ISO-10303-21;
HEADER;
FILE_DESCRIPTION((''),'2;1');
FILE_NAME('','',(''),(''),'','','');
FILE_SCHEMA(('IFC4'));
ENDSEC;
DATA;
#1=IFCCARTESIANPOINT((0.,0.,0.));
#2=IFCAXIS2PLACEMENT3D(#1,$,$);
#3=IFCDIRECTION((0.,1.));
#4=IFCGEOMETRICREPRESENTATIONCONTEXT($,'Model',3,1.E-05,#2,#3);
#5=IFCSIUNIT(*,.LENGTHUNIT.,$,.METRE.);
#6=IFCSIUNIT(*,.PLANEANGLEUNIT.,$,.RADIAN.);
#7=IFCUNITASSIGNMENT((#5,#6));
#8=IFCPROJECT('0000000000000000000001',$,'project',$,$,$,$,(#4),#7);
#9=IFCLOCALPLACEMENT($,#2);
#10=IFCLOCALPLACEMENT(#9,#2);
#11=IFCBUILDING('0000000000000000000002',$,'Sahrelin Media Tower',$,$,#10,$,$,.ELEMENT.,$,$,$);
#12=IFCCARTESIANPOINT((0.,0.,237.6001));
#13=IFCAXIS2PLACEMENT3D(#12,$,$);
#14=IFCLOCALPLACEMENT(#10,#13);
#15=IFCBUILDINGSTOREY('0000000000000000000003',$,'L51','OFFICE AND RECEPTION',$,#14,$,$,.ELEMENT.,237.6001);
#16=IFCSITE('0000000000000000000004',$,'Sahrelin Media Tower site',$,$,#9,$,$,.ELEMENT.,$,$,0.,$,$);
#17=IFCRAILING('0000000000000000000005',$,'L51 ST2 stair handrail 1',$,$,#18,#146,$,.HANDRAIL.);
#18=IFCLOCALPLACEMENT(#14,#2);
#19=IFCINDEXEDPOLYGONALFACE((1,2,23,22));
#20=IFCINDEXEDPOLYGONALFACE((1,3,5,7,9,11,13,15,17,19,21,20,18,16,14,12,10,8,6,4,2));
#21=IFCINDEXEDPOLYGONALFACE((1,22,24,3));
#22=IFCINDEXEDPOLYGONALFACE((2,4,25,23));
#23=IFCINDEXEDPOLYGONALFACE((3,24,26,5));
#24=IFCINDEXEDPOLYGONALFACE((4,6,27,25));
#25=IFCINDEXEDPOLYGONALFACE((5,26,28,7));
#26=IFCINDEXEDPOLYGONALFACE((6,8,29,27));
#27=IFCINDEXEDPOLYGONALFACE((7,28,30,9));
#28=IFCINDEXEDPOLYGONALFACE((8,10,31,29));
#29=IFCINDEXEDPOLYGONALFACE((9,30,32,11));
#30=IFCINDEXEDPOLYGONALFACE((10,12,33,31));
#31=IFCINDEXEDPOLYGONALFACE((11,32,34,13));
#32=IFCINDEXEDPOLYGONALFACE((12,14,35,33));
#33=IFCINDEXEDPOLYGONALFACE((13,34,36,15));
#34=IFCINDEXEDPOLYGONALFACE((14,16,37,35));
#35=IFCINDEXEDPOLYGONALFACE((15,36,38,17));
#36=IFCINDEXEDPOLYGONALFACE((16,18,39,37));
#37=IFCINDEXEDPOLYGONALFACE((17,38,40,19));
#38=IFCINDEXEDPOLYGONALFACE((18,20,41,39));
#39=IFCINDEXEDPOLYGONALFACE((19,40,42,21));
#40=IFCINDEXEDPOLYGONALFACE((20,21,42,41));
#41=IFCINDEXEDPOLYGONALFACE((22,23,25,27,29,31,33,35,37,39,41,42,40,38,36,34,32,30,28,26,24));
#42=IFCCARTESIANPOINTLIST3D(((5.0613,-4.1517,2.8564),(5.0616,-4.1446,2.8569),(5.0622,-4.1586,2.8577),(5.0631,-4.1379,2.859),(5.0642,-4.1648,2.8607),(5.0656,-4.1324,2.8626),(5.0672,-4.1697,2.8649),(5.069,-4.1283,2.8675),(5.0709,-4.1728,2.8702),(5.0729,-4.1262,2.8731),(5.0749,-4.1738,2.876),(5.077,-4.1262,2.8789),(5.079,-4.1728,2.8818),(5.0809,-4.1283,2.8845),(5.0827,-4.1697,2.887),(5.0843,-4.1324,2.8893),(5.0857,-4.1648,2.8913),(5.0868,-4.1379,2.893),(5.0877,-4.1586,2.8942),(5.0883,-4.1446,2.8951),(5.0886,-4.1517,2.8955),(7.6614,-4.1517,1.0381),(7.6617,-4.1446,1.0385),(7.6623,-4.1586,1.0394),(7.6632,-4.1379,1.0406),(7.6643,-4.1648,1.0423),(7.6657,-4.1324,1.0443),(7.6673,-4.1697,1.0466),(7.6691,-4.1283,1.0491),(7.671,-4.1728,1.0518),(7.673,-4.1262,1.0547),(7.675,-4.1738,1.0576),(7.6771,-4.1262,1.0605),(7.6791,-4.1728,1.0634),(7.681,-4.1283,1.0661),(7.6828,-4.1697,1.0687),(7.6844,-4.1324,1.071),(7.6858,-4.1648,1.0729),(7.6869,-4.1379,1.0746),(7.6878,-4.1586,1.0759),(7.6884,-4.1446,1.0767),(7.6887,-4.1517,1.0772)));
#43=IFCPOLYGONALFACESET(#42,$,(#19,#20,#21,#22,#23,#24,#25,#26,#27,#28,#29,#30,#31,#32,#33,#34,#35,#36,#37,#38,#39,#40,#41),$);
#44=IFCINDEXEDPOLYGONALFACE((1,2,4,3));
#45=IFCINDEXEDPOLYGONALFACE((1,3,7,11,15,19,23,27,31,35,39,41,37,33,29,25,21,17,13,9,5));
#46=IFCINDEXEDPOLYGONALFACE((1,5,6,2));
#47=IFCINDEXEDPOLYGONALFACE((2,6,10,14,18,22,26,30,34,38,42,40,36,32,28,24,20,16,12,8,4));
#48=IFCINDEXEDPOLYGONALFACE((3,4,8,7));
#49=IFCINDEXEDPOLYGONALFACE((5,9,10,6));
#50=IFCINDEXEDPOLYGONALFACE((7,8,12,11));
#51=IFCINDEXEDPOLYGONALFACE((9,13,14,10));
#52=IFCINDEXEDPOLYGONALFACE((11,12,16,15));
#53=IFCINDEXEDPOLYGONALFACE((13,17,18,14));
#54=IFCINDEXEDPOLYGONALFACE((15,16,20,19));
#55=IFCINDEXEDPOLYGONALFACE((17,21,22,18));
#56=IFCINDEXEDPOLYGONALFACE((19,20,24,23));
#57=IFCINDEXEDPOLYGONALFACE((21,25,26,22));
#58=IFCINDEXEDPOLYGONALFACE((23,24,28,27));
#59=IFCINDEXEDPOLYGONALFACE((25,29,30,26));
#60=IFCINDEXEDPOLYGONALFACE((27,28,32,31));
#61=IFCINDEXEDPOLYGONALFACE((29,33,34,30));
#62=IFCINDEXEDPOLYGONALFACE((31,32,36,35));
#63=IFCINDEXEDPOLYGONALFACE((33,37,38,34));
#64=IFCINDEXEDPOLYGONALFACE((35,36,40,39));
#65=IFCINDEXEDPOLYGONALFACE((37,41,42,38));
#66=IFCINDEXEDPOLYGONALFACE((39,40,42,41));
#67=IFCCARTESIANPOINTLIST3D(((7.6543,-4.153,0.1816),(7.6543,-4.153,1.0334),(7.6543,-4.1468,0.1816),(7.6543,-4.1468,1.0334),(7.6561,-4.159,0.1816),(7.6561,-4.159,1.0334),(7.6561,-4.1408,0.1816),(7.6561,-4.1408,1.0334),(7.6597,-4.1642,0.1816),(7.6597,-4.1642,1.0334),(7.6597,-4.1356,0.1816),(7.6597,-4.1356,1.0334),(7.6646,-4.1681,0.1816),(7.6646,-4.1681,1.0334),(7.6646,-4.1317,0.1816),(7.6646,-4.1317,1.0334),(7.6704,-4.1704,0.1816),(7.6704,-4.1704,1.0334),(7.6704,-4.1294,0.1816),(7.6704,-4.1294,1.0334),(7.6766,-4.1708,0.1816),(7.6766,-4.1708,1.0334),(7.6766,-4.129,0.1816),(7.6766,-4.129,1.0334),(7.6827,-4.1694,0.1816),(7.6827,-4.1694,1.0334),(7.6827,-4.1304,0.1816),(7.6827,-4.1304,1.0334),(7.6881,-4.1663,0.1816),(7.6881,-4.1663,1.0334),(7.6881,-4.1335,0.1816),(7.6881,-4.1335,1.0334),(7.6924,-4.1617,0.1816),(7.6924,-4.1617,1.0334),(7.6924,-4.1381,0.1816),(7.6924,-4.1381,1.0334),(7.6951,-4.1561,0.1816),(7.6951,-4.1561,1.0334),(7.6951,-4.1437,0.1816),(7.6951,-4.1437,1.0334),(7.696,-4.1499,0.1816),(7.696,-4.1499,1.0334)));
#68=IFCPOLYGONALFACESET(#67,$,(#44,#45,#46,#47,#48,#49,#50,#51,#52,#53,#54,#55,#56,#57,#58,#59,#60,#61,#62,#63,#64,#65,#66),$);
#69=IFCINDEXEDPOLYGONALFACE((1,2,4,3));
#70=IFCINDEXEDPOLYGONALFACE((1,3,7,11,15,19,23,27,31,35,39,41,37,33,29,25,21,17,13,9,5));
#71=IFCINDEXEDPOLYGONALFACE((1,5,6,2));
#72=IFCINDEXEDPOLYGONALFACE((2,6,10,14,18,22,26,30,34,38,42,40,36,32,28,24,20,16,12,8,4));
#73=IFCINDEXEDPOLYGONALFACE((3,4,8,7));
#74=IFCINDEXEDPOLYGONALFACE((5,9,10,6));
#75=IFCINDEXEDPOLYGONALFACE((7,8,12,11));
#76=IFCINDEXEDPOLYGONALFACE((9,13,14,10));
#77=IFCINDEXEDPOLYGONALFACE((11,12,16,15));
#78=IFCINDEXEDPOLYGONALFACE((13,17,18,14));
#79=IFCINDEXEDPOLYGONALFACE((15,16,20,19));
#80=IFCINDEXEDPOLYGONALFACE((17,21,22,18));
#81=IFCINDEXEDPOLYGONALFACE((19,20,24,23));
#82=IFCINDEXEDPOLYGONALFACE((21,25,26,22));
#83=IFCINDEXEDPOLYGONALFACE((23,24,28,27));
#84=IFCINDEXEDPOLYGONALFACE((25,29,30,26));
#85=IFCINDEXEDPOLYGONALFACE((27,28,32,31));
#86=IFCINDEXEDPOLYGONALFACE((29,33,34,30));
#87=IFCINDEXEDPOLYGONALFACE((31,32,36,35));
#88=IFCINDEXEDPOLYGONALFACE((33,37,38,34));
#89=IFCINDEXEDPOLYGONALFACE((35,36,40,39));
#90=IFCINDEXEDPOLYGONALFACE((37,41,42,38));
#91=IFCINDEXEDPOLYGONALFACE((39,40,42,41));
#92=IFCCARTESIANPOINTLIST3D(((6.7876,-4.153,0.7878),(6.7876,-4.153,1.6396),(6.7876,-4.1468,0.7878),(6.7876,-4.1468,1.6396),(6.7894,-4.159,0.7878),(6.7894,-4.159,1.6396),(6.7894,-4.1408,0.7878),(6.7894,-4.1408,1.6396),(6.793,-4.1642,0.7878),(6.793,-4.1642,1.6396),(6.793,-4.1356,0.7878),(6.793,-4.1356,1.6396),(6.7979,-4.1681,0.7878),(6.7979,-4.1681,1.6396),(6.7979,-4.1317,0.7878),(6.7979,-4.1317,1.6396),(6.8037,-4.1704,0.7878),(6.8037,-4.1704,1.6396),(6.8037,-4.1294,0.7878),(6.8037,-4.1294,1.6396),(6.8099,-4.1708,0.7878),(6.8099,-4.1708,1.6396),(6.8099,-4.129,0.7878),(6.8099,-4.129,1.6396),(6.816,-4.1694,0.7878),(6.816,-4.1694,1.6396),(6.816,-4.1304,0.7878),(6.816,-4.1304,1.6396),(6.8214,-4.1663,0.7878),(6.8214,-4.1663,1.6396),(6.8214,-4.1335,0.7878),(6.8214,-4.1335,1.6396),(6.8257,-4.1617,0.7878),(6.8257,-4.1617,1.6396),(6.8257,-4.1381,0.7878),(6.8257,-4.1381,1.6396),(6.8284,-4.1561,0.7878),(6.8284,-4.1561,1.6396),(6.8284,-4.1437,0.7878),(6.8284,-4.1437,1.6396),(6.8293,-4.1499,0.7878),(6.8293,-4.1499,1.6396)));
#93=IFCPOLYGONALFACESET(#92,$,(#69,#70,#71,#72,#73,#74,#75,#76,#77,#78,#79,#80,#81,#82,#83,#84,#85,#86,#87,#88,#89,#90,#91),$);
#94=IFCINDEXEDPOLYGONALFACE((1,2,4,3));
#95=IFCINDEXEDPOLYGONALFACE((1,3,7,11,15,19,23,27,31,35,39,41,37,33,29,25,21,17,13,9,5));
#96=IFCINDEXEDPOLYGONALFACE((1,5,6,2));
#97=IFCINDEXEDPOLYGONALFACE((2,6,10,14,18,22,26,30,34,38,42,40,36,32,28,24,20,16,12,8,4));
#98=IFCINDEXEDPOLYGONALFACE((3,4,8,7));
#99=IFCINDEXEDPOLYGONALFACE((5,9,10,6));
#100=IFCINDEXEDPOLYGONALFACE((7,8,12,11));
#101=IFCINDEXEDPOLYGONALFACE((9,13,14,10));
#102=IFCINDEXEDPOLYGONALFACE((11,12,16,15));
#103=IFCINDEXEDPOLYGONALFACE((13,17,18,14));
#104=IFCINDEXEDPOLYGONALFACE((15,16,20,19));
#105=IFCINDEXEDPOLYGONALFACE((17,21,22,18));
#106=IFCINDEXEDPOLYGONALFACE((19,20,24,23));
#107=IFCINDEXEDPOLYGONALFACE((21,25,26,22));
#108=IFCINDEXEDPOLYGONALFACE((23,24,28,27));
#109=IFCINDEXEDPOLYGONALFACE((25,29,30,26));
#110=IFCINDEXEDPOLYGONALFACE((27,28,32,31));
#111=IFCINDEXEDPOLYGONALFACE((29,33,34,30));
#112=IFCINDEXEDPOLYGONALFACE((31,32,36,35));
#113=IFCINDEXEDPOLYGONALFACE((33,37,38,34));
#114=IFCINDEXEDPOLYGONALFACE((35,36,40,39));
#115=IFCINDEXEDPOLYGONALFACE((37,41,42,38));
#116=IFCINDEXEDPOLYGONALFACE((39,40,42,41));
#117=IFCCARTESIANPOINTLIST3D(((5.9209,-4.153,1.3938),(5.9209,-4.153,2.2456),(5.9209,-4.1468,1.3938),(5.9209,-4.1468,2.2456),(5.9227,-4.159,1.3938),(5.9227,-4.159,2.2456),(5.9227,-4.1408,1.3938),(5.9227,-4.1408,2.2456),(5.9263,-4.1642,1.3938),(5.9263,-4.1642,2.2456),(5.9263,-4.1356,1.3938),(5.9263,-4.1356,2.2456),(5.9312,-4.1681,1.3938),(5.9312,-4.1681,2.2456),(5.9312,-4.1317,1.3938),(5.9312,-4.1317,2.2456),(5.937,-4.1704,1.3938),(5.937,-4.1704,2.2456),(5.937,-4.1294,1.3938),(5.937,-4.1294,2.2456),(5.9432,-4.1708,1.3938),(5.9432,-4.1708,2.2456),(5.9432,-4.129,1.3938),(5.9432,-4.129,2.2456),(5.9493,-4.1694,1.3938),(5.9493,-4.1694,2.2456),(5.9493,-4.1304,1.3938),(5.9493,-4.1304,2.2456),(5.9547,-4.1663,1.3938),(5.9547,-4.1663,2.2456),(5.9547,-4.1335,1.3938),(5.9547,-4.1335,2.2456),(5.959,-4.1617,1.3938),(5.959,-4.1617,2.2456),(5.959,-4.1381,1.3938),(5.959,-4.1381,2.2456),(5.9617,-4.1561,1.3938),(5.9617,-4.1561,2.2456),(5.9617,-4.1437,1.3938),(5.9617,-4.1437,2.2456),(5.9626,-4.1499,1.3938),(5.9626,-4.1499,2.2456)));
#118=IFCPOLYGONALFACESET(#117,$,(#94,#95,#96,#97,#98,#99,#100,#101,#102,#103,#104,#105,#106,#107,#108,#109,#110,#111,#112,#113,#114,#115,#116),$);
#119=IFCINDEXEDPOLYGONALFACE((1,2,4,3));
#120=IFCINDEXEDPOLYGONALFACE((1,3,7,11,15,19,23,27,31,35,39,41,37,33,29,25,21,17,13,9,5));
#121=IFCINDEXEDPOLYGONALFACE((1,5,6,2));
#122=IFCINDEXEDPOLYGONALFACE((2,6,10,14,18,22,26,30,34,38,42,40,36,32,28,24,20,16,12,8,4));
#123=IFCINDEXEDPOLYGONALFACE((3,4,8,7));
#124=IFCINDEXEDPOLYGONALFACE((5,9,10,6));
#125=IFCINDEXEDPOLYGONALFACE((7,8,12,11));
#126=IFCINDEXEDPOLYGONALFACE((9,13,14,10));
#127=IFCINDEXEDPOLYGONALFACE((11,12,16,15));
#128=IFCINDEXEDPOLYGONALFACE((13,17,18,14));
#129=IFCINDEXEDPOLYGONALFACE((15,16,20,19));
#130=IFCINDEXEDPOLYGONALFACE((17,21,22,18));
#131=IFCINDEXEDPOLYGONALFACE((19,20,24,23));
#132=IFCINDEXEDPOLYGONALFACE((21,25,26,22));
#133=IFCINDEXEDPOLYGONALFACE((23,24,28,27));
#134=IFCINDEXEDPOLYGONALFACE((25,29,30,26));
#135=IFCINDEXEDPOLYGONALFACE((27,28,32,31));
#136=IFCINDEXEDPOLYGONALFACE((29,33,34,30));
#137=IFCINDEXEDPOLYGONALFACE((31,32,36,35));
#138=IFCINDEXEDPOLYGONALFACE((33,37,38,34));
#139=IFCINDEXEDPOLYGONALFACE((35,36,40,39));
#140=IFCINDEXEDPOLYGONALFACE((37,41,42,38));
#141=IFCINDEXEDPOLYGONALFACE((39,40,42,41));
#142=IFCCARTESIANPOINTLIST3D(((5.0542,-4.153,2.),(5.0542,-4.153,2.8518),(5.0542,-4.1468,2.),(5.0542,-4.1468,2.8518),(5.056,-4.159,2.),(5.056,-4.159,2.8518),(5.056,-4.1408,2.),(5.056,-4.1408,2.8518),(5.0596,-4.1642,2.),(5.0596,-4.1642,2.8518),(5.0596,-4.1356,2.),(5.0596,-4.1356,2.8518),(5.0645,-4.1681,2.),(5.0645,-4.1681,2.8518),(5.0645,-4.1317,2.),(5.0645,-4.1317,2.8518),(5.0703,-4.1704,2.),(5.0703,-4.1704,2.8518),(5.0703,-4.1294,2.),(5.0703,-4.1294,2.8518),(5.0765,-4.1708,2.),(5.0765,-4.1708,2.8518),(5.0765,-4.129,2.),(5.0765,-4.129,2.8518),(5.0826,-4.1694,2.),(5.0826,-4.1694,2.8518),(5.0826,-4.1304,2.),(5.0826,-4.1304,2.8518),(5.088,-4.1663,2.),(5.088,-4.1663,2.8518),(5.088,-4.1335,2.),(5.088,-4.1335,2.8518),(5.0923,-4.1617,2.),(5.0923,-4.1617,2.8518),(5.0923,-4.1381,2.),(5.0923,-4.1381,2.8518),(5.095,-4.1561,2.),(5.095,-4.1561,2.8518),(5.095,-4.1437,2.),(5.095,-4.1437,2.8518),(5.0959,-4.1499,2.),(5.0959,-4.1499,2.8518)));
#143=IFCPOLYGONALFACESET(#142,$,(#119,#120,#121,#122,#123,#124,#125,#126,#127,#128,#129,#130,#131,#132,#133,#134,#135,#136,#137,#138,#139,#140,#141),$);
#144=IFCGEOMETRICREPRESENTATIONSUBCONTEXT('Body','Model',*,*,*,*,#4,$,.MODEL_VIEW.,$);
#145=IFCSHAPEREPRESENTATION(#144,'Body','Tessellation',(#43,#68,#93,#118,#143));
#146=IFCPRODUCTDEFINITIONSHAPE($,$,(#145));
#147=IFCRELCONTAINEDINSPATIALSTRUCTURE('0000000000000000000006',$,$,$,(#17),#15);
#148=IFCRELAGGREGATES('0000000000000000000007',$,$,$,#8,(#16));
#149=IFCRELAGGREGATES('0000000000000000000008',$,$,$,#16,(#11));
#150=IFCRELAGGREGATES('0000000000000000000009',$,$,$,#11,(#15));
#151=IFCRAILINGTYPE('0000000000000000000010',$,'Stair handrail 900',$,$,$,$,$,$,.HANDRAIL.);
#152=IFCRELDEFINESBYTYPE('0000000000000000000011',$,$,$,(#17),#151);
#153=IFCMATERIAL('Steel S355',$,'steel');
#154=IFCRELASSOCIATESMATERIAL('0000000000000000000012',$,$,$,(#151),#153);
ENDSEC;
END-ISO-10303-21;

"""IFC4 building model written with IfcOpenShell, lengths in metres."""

from ifc_helpers import new_model, si_unit, direction, frame, origin, origin_2d, place, context, subcontext, project, spatial, circle, extrude, material, type_object, element, save


model = new_model("IFC4")

# Units and contexts
model_context = context("Model", 3, precision=1e-05, world=origin(), true_north=direction((0.0, 1.0)))
body_context = subcontext(model_context, "Body", "Model", "MODEL_VIEW")
ifc_project = project(units=[si_unit("LENGTHUNIT", "METRE"), si_unit("PLANEANGLEUNIT", "RADIAN")], contexts=[model_context])

# Site, building, storey
site_placement = place(None, origin())
site = spatial("IfcSite", under=ifc_project, at=site_placement, Name="Sahrelin Media Tower site", CompositionType="ELEMENT", RefElevation=0.0)
building_placement = place(site_placement, origin())
building = spatial("IfcBuilding", under=site, at=building_placement, Name="Sahrelin Media Tower", CompositionType="ELEMENT")
storey_placement = place(building_placement, frame((0.0, 0.0, 237.6001)))
storey = spatial("IfcBuildingStorey", under=building, at=storey_placement, Name="L51", Description="OFFICE AND RECEPTION", CompositionType="ELEMENT", Elevation=237.6001)

# Shared definitions
ifc_material_1 = material(Name="Steel S355", Category="steel")

# Railing
railing_type_1 = type_object("IfcRailingType", Name="Stair handrail 900", PredefinedType="HANDRAIL", material=ifc_material_1)
railing_1_placement = place(storey_placement, frame((7.675, -4.1499, 0.1816)))
element("IfcRailing", 1, at=railing_1_placement, inside=storey, type_object=railing_type_1, Name="L51 ST2 stair handrail 1", PredefinedType="HANDRAIL", context=body_context, shape_type="SweptSolid", body=[
    extrude(circle(Radius=0.0239, at=origin_2d()), frame((0.0, 0.0, 0.876), z_axis=(-0.819485, 0.0, 0.573101), x_axis=(0.0, -1.0, 0.0)), (0.0, 0.0, 1.0), 3.1729),
    extrude(circle(Radius=0.021, at=origin_2d()), origin(), (0.0, 0.0, 1.0), 0.8518),
    extrude(circle(Radius=0.021, at=origin_2d()), frame((-0.8667, 0.0, 0.6062)), (0.0, 0.0, 1.0), 0.8518),
    extrude(circle(Radius=0.021, at=origin_2d()), frame((-1.7334, 0.0, 1.2122)), (0.0, 0.0, 1.0), 0.8518),
    extrude(circle(Radius=0.021, at=origin_2d()), frame((-2.6001, 0.0, 1.8184)), (0.0, 0.0, 1.0), 0.8518),
])

save(model, "model.ifc")
